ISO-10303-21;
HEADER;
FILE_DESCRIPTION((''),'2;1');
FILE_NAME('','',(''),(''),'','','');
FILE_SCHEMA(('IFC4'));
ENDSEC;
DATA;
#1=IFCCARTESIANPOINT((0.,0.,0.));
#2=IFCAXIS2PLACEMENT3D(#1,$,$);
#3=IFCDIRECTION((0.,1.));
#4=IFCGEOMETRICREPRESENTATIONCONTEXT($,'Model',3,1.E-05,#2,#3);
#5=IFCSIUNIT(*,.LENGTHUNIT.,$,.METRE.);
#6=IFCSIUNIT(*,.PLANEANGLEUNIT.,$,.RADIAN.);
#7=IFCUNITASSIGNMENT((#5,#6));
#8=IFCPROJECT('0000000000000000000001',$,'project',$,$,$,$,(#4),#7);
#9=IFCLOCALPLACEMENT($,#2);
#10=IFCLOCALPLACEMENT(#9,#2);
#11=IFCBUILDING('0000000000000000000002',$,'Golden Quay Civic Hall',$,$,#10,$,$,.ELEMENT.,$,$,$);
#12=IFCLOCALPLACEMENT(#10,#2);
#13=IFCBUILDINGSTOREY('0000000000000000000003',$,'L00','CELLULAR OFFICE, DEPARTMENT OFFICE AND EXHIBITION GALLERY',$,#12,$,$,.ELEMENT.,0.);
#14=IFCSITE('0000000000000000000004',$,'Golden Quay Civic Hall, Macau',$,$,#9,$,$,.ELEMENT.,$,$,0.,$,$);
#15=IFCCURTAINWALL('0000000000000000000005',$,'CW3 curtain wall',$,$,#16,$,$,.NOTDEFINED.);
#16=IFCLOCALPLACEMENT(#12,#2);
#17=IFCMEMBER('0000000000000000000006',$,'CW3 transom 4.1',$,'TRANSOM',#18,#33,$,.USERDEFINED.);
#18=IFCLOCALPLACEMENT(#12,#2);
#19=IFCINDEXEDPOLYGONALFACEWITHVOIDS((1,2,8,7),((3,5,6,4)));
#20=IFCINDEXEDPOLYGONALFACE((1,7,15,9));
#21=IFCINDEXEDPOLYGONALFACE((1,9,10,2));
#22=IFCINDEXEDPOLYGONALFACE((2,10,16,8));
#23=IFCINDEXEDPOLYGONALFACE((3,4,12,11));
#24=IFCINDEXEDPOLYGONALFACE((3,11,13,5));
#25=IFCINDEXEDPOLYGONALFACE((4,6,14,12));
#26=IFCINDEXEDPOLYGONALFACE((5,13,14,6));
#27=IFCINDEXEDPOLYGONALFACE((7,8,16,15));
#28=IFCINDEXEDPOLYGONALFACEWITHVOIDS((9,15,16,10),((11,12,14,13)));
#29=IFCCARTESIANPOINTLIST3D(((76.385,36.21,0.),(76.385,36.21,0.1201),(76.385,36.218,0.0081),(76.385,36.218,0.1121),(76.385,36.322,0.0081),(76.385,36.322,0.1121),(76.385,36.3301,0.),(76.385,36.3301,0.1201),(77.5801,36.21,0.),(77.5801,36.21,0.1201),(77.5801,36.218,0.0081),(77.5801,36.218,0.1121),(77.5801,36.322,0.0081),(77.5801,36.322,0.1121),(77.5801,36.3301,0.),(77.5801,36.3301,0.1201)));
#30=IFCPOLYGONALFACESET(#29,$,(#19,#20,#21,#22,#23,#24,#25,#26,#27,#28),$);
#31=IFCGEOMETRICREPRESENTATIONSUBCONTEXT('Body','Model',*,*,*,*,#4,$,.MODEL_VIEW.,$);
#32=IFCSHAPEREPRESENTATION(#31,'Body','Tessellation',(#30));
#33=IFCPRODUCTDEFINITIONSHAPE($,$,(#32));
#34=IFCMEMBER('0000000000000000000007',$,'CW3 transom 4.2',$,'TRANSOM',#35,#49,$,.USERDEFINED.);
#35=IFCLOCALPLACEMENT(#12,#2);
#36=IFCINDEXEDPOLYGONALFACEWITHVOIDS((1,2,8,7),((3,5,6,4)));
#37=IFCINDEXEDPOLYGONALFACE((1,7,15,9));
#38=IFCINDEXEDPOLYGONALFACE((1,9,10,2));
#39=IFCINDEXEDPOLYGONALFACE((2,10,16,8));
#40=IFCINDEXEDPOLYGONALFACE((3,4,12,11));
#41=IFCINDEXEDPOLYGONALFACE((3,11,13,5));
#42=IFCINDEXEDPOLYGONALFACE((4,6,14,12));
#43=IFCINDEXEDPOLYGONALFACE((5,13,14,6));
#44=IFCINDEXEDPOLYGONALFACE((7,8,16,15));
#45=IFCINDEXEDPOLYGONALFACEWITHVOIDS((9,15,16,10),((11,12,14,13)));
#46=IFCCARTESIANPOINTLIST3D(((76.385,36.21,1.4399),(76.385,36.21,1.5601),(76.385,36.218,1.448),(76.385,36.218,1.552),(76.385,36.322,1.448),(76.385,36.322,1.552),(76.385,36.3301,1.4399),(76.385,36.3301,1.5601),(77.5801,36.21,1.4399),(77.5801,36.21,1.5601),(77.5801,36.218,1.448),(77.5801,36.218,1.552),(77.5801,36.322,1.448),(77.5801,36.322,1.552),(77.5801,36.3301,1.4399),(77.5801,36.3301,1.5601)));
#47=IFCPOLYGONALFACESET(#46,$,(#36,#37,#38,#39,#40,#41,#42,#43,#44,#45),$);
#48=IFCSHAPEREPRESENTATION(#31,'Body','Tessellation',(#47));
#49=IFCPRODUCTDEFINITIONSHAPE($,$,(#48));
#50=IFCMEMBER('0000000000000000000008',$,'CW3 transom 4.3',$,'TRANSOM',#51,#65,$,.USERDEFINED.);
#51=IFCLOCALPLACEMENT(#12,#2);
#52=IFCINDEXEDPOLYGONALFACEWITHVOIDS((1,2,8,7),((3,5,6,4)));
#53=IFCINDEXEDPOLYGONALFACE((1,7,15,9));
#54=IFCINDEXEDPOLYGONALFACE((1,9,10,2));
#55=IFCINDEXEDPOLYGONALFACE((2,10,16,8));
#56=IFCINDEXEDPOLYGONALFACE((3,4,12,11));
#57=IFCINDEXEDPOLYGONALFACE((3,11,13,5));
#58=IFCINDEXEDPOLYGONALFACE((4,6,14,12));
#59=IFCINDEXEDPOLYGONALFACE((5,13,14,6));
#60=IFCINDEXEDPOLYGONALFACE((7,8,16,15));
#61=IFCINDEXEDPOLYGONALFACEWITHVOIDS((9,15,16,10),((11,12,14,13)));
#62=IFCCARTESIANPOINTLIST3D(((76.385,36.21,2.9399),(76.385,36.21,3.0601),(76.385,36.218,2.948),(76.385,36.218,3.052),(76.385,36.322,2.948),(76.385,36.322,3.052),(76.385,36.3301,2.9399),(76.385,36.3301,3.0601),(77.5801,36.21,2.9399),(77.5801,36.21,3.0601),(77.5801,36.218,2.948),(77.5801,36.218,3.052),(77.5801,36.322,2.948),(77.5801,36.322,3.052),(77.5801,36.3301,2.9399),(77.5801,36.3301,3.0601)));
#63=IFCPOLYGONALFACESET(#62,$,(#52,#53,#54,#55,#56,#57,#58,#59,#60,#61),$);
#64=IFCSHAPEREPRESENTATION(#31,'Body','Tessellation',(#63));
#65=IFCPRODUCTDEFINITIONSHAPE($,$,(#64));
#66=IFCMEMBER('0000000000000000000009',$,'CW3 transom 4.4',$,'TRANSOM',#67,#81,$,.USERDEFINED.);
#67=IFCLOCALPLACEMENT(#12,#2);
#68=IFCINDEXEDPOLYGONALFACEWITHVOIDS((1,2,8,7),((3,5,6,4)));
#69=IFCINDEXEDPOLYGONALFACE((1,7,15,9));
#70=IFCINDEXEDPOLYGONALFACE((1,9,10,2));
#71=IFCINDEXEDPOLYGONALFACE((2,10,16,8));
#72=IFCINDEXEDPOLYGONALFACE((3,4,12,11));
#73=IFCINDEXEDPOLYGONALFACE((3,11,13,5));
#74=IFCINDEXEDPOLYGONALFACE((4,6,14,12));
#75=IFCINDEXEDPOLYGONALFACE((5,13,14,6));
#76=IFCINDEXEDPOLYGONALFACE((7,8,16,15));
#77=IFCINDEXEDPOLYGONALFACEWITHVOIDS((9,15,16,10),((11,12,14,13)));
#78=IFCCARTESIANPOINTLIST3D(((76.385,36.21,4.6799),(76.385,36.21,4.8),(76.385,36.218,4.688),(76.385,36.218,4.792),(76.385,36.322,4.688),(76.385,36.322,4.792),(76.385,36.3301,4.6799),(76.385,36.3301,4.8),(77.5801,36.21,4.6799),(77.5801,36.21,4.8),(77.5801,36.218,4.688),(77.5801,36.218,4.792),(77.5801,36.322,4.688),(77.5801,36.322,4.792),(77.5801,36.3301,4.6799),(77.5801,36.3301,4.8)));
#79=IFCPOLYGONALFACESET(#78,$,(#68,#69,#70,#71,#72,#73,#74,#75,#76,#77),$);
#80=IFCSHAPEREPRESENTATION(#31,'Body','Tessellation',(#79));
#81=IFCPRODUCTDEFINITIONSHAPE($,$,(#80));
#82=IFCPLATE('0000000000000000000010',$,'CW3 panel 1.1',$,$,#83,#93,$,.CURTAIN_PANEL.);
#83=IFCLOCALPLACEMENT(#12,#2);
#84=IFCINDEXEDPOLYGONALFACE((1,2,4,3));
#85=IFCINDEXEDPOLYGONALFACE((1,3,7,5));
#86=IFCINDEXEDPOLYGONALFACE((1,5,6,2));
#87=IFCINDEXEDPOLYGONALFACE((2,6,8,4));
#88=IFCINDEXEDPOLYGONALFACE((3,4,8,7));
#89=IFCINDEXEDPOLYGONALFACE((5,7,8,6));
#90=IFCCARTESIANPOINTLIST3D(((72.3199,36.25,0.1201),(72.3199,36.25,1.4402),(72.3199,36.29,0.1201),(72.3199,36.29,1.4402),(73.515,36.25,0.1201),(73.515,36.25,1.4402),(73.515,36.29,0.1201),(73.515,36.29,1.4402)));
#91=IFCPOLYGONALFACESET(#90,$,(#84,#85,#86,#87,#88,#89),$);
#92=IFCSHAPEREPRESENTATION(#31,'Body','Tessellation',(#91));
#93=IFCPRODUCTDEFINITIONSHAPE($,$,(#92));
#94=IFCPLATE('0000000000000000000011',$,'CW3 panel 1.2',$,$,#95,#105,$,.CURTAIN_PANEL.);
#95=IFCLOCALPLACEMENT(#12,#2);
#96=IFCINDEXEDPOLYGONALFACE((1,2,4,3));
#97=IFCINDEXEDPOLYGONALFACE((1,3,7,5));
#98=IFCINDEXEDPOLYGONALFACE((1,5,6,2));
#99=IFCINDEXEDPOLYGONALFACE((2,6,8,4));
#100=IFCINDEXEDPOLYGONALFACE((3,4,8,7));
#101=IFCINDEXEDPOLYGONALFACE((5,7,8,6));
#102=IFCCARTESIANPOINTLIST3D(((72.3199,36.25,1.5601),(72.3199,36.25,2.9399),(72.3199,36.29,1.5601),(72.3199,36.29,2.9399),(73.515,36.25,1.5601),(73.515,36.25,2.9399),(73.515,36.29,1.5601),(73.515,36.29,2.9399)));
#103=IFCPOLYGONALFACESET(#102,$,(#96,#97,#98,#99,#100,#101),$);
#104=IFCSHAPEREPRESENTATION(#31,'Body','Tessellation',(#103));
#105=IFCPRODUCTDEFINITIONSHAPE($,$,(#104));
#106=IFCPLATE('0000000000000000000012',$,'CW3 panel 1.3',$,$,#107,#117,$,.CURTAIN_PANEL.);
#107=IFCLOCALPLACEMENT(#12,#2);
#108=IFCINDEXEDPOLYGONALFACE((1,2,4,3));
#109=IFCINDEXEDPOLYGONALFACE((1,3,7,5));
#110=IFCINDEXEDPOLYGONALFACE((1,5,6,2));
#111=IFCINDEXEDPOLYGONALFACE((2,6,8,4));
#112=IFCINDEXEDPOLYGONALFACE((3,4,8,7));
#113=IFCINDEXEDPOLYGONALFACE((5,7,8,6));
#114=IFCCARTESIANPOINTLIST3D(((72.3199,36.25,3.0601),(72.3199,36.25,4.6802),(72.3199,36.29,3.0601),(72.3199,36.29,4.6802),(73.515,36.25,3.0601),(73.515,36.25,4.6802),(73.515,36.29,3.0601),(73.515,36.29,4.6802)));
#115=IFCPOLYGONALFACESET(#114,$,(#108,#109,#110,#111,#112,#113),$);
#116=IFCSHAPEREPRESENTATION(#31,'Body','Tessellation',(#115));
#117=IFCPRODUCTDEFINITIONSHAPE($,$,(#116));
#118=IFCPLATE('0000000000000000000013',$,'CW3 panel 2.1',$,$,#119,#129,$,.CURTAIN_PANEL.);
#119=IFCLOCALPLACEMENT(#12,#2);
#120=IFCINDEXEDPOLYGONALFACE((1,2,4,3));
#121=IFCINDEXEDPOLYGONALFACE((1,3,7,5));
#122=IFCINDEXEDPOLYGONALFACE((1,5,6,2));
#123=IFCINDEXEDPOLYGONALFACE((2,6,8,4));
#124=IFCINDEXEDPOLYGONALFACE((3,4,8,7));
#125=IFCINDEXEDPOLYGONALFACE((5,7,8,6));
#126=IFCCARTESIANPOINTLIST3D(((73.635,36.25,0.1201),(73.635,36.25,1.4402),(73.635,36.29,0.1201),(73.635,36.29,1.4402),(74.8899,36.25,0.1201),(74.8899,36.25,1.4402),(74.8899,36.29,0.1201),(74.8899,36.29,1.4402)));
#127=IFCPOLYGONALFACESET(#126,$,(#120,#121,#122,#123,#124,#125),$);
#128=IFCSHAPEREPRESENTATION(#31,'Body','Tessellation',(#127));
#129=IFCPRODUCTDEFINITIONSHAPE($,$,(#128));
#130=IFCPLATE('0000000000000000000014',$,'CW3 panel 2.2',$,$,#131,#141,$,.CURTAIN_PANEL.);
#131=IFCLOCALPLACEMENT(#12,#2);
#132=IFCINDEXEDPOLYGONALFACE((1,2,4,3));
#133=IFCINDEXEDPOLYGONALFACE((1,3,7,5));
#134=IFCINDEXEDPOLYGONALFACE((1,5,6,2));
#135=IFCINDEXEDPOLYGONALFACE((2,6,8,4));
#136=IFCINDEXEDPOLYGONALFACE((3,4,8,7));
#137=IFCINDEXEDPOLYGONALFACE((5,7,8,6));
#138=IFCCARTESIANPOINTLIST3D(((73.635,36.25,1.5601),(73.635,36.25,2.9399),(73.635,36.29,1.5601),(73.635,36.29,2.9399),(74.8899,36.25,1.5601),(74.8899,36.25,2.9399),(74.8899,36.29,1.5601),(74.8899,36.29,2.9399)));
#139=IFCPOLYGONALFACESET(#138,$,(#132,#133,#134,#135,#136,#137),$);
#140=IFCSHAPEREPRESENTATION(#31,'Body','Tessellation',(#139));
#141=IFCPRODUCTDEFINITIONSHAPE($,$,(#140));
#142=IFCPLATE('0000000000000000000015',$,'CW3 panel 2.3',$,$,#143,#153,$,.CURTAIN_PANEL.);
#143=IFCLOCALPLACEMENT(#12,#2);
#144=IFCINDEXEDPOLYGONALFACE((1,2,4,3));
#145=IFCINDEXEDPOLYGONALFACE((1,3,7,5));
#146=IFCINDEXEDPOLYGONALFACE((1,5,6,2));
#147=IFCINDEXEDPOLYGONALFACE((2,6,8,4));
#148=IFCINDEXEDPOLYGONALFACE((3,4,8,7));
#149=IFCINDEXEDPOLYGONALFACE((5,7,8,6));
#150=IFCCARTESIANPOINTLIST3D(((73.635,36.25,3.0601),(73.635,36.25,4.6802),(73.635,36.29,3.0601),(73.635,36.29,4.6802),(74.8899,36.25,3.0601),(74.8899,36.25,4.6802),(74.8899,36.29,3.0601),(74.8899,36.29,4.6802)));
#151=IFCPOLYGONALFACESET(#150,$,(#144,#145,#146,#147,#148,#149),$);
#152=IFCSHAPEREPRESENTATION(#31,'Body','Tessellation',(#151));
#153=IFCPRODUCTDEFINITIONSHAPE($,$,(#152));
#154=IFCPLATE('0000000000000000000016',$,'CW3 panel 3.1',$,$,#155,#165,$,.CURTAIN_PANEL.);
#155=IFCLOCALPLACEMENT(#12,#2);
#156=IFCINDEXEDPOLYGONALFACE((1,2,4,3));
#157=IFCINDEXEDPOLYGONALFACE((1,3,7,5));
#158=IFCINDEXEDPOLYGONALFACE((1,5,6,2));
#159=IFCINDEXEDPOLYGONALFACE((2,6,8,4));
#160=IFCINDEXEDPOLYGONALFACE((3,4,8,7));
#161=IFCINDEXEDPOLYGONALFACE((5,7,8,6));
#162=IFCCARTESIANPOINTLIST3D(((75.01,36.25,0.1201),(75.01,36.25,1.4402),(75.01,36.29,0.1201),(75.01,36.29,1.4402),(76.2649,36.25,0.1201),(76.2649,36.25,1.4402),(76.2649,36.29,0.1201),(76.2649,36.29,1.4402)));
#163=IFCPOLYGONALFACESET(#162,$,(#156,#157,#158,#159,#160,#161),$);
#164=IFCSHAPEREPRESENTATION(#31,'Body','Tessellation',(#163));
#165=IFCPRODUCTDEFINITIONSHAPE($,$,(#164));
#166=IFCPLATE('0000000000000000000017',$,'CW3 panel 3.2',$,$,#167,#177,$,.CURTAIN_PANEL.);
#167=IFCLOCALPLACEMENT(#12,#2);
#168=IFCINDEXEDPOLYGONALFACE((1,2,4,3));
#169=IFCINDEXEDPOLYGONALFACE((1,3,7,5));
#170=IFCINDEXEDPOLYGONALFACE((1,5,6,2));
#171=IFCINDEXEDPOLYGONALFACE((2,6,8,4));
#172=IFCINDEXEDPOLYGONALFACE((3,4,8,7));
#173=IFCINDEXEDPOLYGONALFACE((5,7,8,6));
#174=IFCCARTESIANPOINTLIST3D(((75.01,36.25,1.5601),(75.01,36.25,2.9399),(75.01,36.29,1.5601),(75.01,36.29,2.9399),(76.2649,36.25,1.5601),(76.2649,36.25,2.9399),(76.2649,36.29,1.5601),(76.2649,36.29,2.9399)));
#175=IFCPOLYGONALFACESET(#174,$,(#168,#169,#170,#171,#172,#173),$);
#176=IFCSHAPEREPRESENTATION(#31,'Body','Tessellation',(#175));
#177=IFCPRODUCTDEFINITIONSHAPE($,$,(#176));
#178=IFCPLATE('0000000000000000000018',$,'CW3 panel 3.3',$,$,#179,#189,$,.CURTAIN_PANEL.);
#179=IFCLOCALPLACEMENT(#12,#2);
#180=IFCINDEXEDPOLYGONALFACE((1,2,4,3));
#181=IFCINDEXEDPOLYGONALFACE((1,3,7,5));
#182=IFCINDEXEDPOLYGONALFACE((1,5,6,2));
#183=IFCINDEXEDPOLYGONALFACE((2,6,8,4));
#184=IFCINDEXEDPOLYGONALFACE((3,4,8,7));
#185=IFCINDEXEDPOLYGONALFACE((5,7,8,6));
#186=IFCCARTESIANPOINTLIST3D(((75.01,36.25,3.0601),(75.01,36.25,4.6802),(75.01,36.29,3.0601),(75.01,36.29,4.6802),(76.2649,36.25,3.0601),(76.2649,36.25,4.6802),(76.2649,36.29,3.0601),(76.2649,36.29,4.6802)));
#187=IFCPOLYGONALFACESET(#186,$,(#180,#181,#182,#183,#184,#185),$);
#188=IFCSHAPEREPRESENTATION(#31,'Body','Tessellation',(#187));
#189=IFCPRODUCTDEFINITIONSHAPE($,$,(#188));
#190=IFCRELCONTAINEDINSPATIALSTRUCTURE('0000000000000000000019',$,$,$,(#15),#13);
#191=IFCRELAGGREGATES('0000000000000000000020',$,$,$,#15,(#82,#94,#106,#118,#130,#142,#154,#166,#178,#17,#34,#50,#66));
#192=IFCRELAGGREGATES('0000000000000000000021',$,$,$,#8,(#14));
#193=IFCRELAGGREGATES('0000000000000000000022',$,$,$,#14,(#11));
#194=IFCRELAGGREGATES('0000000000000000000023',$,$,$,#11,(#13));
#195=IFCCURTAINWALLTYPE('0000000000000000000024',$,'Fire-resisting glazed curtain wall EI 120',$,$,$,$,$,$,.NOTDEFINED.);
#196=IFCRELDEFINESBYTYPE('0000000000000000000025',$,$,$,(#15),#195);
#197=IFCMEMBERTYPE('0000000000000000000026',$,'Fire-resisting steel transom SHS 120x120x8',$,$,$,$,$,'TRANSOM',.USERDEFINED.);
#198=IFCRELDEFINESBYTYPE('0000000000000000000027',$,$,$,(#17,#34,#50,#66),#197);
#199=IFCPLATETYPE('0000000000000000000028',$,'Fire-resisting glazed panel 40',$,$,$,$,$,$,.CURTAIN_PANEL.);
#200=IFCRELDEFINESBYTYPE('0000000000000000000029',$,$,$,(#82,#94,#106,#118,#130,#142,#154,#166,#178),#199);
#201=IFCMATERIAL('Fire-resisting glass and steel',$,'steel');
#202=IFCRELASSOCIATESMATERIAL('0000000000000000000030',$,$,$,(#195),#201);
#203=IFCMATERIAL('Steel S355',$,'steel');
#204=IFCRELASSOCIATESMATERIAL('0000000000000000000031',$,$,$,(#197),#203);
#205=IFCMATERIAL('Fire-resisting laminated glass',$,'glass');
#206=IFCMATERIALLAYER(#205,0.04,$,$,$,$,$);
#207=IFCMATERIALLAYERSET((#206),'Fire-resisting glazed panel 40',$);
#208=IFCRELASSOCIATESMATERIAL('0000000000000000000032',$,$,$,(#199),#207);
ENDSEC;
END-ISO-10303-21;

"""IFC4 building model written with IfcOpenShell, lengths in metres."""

from ifc_helpers import new_model, si_unit, direction, frame, origin, origin_2d, place, context, subcontext, project, spatial, rectangle, hollow_rectangle, extrude, material, layer, layer_set, material_profile, profile_set, type_object, element, aggregate, save


model = new_model("IFC4")

# Units and contexts
model_context = context("Model", 3, precision=1e-05, world=origin(), true_north=direction((0.0, 1.0)))
body_context = subcontext(model_context, "Body", "Model", "MODEL_VIEW")
ifc_project = project(units=[si_unit("LENGTHUNIT", "METRE"), si_unit("PLANEANGLEUNIT", "RADIAN")], contexts=[model_context])

# Site, building, storey
site_placement = place(None, origin())
site = spatial("IfcSite", under=ifc_project, at=site_placement, Name="Golden Quay Civic Hall, Macau", CompositionType="ELEMENT", RefElevation=0.0)
building_placement = place(site_placement, origin())
building = spatial("IfcBuilding", under=site, at=building_placement, Name="Golden Quay Civic Hall", CompositionType="ELEMENT")
storey_placement = place(building_placement, origin())
storey = spatial("IfcBuildingStorey", under=building, at=storey_placement, Name="L00", Description="CELLULAR OFFICE, DEPARTMENT OFFICE AND EXHIBITION GALLERY", CompositionType="ELEMENT", Elevation=0.0)

# Curtain wall, members, plates
ifc_material_1 = material(Name="Fire-resisting glass and steel", Category="steel")
curtain_wall_type = type_object("IfcCurtainWallType", Name="Fire-resisting glazed curtain wall EI 120", PredefinedType="NOTDEFINED", material=ifc_material_1)
curtain_wall_placement = place(storey_placement, origin())
curtain_wall = element("IfcCurtainWall", 1, at=curtain_wall_placement, inside=storey, type_object=curtain_wall_type, Name="CW3 curtain wall", PredefinedType="NOTDEFINED")
ifc_material_2 = material(Name="Steel S355", Category="steel")
ifc_material_profile_1 = material_profile(ifc_material_2, hollow_rectangle(XDim=0.1201, YDim=0.1201, WallThickness=0.0081, at=origin_2d()), Name="SHS 120x120x8")
ifc_profile_set_1 = profile_set([ifc_material_profile_1], Name="Steel S355")
member_type_1 = type_object("IfcMemberType", Name="Fire-resisting steel transom SHS 120x120x8", ElementType="TRANSOM", PredefinedType="USERDEFINED", material=ifc_profile_set_1)
member_1_placement = place(storey_placement, frame((76.385, 36.27, 0.0601), z_axis=(1.0, 0.0, 0.0), x_axis=(0.0, 1.0, 0.0)))
member_1 = element("IfcMember", 2, at=member_1_placement, type_object=member_type_1, Name="CW3 transom 4.1", ObjectType="TRANSOM", PredefinedType="USERDEFINED", context=body_context, shape_type="SweptSolid", body=[
    extrude(hollow_rectangle(XDim=0.1201, YDim=0.1201, WallThickness=0.0081, at=origin_2d()), origin(), (0.0, 0.0, 1.0), 1.1951),
])
member_2_placement = place(storey_placement, frame((76.385, 36.27, 1.5), z_axis=(1.0, 0.0, 0.0), x_axis=(0.0, 1.0, 0.0)))
member_2 = element("IfcMember", 3, at=member_2_placement, type_object=member_type_1, Name="CW3 transom 4.2", ObjectType="TRANSOM", PredefinedType="USERDEFINED", context=body_context, shape_type="SweptSolid", body=[
    extrude(hollow_rectangle(XDim=0.1201, YDim=0.1201, WallThickness=0.0081, at=origin_2d()), origin(), (0.0, 0.0, 1.0), 1.1951),
])
member_3_placement = place(storey_placement, frame((76.385, 36.27, 3.0), z_axis=(1.0, 0.0, 0.0), x_axis=(0.0, 1.0, 0.0)))
member_3 = element("IfcMember", 4, at=member_3_placement, type_object=member_type_1, Name="CW3 transom 4.3", ObjectType="TRANSOM", PredefinedType="USERDEFINED", context=body_context, shape_type="SweptSolid", body=[
    extrude(hollow_rectangle(XDim=0.1201, YDim=0.1201, WallThickness=0.0081, at=origin_2d()), origin(), (0.0, 0.0, 1.0), 1.1951),
])
member_4_placement = place(storey_placement, frame((76.385, 36.27, 4.74), z_axis=(1.0, 0.0, 0.0), x_axis=(0.0, 1.0, 0.0)))
member_4 = element("IfcMember", 5, at=member_4_placement, type_object=member_type_1, Name="CW3 transom 4.4", ObjectType="TRANSOM", PredefinedType="USERDEFINED", context=body_context, shape_type="SweptSolid", body=[
    extrude(hollow_rectangle(XDim=0.1201, YDim=0.1201, WallThickness=0.0081, at=origin_2d()), origin(), (0.0, 0.0, 1.0), 1.1951),
])
ifc_material_3 = material(Name="Fire-resisting laminated glass", Category="glass")
ifc_layer = layer(ifc_material_3, 0.04)
ifc_layer_set = layer_set([ifc_layer], Name="Fire-resisting glazed panel 40")
plate_type = type_object("IfcPlateType", Name="Fire-resisting glazed panel 40", PredefinedType="CURTAIN_PANEL", material=ifc_layer_set)
plate_1_placement = place(storey_placement, frame((72.9175, 36.27, 0.1201), z_axis=(0.0, 0.0, 1.0), x_axis=(1.0, 0.0, 0.0)))
plate_1 = element("IfcPlate", 6, at=plate_1_placement, type_object=plate_type, Name="CW3 panel 1.1", PredefinedType="CURTAIN_PANEL", context=body_context, shape_type="SweptSolid", body=[
    extrude(rectangle(XDim=1.1951, YDim=0.04, at=origin_2d()), origin(), (0.0, 0.0, 1.0), 1.3201),
])
plate_2_placement = place(storey_placement, frame((72.9175, 36.27, 1.5601), z_axis=(0.0, 0.0, 1.0), x_axis=(1.0, 0.0, 0.0)))
plate_2 = element("IfcPlate", 7, at=plate_2_placement, type_object=plate_type, Name="CW3 panel 1.2", PredefinedType="CURTAIN_PANEL", context=body_context, shape_type="SweptSolid", body=[
    extrude(rectangle(XDim=1.1951, YDim=0.04, at=origin_2d()), origin(), (0.0, 0.0, 1.0), 1.3799),
])
plate_3_placement = place(storey_placement, frame((72.9175, 36.27, 3.0601), z_axis=(0.0, 0.0, 1.0), x_axis=(1.0, 0.0, 0.0)))
plate_3 = element("IfcPlate", 8, at=plate_3_placement, type_object=plate_type, Name="CW3 panel 1.3", PredefinedType="CURTAIN_PANEL", context=body_context, shape_type="SweptSolid", body=[
    extrude(rectangle(XDim=1.1951, YDim=0.04, at=origin_2d()), origin(), (0.0, 0.0, 1.0), 1.6201),
])
plate_4_placement = place(storey_placement, frame((74.2625, 36.27, 0.1201), z_axis=(0.0, 0.0, 1.0), x_axis=(1.0, 0.0, 0.0)))
plate_4 = element("IfcPlate", 9, at=plate_4_placement, type_object=plate_type, Name="CW3 panel 2.1", PredefinedType="CURTAIN_PANEL", context=body_context, shape_type="SweptSolid", body=[
    extrude(rectangle(XDim=1.2549, YDim=0.04, at=origin_2d()), origin(), (0.0, 0.0, 1.0), 1.3201),
])
plate_5_placement = place(storey_placement, frame((74.2625, 36.27, 1.5601), z_axis=(0.0, 0.0, 1.0), x_axis=(1.0, 0.0, 0.0)))
plate_5 = element("IfcPlate", 10, at=plate_5_placement, type_object=plate_type, Name="CW3 panel 2.2", PredefinedType="CURTAIN_PANEL", context=body_context, shape_type="SweptSolid", body=[
    extrude(rectangle(XDim=1.2549, YDim=0.04, at=origin_2d()), origin(), (0.0, 0.0, 1.0), 1.3799),
])
plate_6_placement = place(storey_placement, frame((74.2625, 36.27, 3.0601), z_axis=(0.0, 0.0, 1.0), x_axis=(1.0, 0.0, 0.0)))
plate_6 = element("IfcPlate", 11, at=plate_6_placement, type_object=plate_type, Name="CW3 panel 2.3", PredefinedType="CURTAIN_PANEL", context=body_context, shape_type="SweptSolid", body=[
    extrude(rectangle(XDim=1.2549, YDim=0.04, at=origin_2d()), origin(), (0.0, 0.0, 1.0), 1.6201),
])
plate_7_placement = place(storey_placement, frame((75.6375, 36.27, 0.1201), z_axis=(0.0, 0.0, 1.0), x_axis=(1.0, 0.0, 0.0)))
plate_7 = element("IfcPlate", 12, at=plate_7_placement, type_object=plate_type, Name="CW3 panel 3.1", PredefinedType="CURTAIN_PANEL", context=body_context, shape_type="SweptSolid", body=[
    extrude(rectangle(XDim=1.2549, YDim=0.04, at=origin_2d()), origin(), (0.0, 0.0, 1.0), 1.3201),
])
plate_8_placement = place(storey_placement, frame((75.6375, 36.27, 1.5601), z_axis=(0.0, 0.0, 1.0), x_axis=(1.0, 0.0, 0.0)))
plate_8 = element("IfcPlate", 13, at=plate_8_placement, type_object=plate_type, Name="CW3 panel 3.2", PredefinedType="CURTAIN_PANEL", context=body_context, shape_type="SweptSolid", body=[
    extrude(rectangle(XDim=1.2549, YDim=0.04, at=origin_2d()), origin(), (0.0, 0.0, 1.0), 1.3799),
])
plate_9_placement = place(storey_placement, frame((75.6375, 36.27, 3.0601), z_axis=(0.0, 0.0, 1.0), x_axis=(1.0, 0.0, 0.0)))
plate_9 = element("IfcPlate", 14, at=plate_9_placement, type_object=plate_type, Name="CW3 panel 3.3", PredefinedType="CURTAIN_PANEL", context=body_context, shape_type="SweptSolid", body=[
    extrude(rectangle(XDim=1.2549, YDim=0.04, at=origin_2d()), origin(), (0.0, 0.0, 1.0), 1.6201),
])
aggregate(curtain_wall, [plate_1, plate_2, plate_3, plate_4, plate_5, plate_6, plate_7, plate_8, plate_9, member_1, member_2, member_3, member_4])

save(model, "model.ifc")
